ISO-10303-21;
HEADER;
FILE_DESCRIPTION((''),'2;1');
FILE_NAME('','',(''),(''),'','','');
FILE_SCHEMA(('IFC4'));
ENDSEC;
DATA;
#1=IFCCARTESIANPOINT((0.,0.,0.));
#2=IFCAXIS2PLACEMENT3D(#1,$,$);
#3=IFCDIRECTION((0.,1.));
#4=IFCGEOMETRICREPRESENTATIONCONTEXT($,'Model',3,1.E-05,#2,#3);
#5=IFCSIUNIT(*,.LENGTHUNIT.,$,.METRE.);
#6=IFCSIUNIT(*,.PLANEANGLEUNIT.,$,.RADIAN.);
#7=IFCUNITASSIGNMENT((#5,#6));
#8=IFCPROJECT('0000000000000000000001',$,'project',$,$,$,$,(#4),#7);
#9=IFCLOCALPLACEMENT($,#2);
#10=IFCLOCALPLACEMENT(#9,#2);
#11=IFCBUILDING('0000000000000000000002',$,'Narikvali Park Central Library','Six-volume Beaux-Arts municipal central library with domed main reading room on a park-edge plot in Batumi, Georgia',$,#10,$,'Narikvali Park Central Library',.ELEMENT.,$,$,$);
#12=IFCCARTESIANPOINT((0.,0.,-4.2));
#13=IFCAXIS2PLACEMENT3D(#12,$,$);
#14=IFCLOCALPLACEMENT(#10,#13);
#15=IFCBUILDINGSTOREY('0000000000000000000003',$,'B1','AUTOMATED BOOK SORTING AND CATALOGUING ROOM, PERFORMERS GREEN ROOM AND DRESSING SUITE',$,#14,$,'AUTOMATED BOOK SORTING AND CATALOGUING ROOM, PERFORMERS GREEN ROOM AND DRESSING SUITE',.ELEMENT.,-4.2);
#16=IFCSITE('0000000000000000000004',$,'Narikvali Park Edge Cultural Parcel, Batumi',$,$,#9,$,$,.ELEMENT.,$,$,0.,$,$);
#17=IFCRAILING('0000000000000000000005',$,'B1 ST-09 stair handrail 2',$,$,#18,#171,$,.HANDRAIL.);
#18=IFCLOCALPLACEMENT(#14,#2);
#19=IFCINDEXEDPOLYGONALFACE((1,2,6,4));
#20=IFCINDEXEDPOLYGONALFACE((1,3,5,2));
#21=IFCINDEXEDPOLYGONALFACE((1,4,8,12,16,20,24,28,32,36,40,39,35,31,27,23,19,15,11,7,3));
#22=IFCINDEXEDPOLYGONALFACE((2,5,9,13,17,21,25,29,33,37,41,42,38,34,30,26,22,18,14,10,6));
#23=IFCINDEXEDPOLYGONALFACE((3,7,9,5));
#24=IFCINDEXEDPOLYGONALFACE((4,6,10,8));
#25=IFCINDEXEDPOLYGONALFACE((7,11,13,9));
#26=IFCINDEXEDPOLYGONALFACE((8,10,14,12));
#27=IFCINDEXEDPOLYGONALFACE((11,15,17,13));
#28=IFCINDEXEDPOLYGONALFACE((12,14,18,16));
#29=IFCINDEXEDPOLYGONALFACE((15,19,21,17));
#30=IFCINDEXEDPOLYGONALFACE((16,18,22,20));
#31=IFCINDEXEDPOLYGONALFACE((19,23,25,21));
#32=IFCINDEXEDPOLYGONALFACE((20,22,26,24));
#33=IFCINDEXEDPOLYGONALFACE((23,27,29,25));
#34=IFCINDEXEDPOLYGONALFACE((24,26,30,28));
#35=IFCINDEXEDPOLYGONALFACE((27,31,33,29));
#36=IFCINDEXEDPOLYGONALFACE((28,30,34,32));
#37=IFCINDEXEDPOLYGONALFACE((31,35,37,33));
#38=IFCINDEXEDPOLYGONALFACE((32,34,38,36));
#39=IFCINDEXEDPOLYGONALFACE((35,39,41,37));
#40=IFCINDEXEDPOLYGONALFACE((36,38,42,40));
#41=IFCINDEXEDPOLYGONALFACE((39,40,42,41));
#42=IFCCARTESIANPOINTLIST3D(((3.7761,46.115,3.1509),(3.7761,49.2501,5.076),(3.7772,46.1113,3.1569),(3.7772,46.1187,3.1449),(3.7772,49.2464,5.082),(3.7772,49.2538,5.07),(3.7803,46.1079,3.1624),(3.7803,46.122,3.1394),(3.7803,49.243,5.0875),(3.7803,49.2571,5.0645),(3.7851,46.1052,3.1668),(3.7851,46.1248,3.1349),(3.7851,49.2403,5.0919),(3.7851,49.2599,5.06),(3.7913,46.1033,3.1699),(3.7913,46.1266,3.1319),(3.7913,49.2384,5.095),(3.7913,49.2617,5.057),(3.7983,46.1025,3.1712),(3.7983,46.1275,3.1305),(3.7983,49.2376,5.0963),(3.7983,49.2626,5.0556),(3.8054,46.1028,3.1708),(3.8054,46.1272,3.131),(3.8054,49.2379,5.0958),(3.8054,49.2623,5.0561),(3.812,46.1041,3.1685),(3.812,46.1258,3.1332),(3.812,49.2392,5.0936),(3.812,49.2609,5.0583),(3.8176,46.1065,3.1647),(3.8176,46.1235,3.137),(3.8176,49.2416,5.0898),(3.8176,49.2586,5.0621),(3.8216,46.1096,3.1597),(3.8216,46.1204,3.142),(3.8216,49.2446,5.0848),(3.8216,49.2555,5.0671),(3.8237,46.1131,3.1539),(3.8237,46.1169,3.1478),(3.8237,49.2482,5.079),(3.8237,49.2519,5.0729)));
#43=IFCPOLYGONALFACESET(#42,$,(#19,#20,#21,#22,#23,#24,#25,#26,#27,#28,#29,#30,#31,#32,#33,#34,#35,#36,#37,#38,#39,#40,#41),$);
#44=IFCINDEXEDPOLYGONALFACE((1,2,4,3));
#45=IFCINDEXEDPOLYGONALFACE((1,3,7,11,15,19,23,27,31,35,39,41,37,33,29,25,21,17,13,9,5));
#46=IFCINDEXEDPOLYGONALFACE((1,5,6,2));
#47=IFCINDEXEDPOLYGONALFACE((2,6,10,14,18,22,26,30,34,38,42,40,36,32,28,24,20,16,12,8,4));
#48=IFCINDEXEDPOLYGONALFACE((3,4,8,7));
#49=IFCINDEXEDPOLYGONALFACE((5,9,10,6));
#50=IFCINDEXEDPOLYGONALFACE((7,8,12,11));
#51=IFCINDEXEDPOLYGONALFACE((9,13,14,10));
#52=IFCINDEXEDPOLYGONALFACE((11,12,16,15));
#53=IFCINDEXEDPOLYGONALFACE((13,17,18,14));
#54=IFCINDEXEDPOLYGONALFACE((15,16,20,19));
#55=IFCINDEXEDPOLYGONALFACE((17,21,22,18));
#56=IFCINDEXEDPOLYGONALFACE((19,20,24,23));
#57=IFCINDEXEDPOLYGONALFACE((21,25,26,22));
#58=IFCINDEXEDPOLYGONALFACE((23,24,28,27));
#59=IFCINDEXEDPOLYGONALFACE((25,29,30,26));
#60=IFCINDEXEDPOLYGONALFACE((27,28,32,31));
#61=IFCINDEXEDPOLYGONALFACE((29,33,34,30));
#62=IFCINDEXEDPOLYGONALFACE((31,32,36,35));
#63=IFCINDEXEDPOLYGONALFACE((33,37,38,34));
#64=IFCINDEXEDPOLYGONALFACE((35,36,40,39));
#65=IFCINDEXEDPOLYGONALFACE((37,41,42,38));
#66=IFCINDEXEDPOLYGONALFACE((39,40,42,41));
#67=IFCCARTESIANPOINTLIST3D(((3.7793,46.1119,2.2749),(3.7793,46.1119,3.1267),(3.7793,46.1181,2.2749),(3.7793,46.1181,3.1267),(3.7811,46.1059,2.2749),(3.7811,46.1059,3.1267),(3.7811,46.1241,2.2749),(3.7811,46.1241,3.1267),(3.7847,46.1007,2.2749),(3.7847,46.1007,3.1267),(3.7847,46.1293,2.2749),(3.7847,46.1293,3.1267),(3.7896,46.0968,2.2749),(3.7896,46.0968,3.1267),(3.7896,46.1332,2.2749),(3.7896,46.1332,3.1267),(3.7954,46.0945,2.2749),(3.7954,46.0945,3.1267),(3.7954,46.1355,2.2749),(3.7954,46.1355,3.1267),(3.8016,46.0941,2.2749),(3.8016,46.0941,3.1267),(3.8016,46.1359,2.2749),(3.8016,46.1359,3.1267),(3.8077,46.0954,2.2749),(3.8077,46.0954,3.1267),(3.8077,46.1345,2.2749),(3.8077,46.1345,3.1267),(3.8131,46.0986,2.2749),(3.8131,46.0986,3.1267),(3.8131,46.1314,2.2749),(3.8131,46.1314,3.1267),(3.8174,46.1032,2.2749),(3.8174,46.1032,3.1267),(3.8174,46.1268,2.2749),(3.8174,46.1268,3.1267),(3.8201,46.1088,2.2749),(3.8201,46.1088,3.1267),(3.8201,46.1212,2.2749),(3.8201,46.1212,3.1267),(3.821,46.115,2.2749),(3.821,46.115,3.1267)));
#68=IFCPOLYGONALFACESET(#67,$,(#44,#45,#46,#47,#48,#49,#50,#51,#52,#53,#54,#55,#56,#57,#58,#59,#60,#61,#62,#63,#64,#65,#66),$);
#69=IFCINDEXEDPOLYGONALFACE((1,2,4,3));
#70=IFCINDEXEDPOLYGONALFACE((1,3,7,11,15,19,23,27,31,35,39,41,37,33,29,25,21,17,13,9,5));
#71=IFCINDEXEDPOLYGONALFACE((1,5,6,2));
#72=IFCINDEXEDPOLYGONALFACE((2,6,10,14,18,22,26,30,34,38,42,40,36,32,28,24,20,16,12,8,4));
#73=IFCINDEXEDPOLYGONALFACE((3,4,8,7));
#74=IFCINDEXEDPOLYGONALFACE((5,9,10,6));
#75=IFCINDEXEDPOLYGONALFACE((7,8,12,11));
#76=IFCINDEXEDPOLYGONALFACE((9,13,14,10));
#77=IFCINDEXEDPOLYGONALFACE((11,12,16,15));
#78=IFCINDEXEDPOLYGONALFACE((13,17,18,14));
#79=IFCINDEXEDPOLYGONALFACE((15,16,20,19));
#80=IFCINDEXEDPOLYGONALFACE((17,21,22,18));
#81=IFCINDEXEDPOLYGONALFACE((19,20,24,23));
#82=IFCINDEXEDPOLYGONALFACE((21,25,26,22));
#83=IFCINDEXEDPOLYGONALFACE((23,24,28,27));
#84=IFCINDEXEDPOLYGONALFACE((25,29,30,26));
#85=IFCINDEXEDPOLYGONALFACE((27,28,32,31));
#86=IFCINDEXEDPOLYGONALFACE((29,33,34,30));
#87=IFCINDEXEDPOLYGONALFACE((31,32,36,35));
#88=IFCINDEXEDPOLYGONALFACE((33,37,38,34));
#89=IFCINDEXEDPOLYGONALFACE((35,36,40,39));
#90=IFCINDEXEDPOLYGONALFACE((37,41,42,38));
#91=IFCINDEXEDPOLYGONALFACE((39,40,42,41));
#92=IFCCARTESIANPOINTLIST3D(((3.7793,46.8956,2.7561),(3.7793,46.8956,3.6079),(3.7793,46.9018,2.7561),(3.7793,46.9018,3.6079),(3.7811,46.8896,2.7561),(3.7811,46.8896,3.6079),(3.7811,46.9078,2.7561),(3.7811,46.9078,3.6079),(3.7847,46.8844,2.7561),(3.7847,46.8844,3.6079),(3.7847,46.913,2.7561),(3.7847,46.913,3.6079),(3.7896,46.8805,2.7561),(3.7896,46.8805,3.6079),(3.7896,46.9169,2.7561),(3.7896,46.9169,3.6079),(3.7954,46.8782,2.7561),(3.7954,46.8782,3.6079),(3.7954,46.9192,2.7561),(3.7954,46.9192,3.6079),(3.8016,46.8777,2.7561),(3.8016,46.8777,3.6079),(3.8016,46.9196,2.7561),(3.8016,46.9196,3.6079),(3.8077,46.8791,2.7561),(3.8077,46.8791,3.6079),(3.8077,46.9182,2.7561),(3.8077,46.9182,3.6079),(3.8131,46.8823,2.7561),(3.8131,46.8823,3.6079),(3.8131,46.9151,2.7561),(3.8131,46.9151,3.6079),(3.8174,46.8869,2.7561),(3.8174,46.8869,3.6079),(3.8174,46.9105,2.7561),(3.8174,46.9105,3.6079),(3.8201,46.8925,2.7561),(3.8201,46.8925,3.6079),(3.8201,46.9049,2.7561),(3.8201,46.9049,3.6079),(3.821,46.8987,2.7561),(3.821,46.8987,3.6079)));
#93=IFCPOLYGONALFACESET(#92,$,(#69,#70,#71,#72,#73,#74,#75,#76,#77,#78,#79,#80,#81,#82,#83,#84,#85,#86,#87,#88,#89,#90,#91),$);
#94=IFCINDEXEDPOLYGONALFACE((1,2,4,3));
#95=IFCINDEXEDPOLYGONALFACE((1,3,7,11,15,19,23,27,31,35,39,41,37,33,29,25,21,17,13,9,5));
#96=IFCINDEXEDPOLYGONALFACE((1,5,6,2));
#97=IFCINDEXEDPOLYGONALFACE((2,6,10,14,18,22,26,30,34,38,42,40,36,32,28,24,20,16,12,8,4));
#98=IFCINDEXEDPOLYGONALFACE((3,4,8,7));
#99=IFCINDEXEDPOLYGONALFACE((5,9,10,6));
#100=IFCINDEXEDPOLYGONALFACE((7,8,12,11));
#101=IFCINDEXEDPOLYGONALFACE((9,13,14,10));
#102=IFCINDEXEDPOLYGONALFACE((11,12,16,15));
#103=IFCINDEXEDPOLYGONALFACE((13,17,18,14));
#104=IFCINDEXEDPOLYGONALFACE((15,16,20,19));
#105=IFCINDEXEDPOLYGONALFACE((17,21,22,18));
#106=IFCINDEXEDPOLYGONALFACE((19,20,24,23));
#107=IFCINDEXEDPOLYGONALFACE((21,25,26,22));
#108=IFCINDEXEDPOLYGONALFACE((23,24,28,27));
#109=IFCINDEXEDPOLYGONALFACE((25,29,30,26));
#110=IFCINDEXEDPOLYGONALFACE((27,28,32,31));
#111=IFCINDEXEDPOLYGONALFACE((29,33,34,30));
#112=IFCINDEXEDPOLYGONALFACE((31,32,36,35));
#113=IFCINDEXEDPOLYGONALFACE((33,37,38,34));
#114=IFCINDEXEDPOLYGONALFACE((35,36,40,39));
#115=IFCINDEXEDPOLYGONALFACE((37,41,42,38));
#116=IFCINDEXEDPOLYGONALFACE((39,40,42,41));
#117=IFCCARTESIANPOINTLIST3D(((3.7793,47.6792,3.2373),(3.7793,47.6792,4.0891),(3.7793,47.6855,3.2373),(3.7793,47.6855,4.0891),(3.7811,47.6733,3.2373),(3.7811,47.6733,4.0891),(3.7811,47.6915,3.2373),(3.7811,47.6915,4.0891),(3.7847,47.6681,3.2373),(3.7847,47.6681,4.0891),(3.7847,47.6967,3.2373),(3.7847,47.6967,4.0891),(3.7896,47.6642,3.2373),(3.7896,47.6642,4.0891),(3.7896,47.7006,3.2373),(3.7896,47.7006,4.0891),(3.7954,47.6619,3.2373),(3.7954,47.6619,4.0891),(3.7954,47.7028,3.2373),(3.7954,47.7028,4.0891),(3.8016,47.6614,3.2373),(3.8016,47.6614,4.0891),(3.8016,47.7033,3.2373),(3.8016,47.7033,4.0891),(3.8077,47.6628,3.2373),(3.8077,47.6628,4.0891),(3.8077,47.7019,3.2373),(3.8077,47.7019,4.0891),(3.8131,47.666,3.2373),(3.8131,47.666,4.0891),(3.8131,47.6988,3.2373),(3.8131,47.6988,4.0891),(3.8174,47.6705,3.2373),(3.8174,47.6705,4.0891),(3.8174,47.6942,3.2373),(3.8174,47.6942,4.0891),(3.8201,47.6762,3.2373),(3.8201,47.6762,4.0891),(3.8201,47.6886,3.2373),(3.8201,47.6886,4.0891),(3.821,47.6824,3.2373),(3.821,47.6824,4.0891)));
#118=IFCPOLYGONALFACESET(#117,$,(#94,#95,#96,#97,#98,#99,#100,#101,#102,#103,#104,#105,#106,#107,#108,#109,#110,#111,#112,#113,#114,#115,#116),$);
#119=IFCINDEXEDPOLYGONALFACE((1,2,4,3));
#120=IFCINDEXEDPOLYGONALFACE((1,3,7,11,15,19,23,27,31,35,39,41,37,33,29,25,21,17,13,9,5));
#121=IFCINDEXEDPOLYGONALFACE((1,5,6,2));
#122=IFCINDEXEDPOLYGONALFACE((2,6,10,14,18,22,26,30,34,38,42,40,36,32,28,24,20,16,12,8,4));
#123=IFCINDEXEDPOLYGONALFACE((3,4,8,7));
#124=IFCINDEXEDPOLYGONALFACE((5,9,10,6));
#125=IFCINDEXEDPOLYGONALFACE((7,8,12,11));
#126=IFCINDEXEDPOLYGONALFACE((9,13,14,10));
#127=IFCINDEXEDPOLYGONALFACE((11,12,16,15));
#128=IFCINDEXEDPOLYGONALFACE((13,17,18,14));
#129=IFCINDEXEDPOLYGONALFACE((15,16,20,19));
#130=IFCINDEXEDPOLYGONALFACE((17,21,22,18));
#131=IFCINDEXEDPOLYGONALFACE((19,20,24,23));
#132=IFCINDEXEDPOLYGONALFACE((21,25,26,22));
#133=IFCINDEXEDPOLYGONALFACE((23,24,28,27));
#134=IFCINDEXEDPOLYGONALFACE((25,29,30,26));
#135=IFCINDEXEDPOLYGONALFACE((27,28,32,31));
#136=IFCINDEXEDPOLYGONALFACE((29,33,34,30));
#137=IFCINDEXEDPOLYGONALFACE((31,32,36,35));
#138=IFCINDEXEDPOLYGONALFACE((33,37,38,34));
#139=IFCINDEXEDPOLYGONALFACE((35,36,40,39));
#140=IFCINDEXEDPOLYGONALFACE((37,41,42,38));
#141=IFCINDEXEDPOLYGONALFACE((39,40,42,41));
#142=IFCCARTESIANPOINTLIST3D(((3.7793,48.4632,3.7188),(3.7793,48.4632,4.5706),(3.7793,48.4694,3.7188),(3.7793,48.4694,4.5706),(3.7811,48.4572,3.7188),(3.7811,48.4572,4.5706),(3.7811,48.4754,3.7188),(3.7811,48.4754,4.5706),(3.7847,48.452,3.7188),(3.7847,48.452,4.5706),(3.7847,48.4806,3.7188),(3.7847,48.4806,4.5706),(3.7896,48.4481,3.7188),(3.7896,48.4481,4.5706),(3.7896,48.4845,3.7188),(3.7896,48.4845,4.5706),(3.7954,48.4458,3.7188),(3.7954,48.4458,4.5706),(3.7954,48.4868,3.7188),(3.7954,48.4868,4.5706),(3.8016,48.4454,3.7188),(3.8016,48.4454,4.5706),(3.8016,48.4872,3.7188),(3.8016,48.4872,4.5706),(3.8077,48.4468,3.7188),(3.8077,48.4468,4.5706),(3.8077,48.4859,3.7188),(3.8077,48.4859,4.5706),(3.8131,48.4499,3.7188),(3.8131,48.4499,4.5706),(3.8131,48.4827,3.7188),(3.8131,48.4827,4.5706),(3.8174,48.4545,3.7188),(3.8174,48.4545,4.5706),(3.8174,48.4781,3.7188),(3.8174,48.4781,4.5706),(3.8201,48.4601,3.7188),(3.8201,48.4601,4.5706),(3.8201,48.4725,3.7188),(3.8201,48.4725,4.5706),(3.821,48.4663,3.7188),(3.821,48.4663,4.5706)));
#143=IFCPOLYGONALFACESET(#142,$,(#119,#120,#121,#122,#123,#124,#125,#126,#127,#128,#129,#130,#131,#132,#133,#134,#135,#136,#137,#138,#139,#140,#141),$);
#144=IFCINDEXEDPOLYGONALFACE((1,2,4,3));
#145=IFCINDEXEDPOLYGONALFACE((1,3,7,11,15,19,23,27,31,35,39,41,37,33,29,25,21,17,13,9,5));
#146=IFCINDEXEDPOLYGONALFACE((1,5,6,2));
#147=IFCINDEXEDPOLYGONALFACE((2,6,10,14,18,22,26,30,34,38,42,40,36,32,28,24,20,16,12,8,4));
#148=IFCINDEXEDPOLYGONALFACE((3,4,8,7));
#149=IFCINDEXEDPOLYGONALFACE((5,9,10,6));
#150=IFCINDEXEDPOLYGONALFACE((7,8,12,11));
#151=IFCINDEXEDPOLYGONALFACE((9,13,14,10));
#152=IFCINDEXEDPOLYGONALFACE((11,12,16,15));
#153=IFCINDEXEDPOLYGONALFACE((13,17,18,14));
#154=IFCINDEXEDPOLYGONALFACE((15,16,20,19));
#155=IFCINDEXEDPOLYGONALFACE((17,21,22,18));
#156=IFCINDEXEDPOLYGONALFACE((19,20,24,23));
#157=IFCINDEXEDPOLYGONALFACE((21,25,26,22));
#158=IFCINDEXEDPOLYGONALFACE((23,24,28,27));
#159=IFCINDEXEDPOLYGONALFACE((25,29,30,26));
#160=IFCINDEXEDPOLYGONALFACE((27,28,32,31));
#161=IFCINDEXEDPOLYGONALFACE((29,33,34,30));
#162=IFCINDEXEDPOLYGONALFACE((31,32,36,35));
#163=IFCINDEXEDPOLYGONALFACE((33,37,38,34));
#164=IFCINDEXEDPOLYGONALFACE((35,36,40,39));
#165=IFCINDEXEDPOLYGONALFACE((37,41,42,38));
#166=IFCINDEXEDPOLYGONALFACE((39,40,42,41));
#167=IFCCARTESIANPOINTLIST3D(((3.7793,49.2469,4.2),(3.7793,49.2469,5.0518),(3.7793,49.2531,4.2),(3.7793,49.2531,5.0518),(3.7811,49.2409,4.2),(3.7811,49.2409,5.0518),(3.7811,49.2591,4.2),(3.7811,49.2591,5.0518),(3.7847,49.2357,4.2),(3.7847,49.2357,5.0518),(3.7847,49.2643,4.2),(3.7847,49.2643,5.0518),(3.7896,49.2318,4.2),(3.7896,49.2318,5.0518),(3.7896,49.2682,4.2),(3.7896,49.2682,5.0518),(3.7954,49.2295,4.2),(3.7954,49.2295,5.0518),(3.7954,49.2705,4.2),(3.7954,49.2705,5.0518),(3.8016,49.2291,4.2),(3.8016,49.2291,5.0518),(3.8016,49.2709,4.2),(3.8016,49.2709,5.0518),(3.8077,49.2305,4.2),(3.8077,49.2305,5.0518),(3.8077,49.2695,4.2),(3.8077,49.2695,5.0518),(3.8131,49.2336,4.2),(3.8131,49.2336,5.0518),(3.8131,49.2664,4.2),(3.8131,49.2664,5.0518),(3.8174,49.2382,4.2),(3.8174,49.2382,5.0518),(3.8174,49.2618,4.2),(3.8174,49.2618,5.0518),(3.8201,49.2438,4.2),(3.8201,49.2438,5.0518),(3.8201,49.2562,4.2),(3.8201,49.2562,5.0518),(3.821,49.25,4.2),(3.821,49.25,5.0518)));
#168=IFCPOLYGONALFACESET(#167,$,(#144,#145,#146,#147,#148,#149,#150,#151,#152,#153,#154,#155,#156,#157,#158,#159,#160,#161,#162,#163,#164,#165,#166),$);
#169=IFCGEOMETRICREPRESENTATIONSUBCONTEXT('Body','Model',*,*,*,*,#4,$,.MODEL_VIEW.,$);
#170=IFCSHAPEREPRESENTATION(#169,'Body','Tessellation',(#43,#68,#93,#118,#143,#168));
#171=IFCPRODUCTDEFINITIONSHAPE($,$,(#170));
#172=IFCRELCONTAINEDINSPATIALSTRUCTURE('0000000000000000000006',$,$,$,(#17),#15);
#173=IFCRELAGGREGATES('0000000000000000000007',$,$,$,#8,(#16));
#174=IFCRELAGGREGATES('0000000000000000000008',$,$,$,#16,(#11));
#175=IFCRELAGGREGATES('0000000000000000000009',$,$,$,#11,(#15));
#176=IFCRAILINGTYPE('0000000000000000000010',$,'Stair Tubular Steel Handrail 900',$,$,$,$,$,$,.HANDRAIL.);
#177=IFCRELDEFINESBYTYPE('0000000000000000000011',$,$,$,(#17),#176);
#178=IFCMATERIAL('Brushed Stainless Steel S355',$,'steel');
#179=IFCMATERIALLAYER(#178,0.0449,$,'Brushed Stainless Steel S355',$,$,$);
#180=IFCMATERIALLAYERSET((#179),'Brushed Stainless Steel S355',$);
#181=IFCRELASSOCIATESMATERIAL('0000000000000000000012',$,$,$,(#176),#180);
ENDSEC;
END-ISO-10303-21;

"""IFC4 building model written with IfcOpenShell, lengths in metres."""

from ifc_helpers import new_model, si_unit, direction, frame, origin, origin_2d, place, context, subcontext, project, spatial, circle, extrude, material, layer, layer_set, type_object, element, save


model = new_model("IFC4")

# Units and contexts
model_context = context("Model", 3, precision=1e-05, world=origin(), true_north=direction((0.0, 1.0)))
body_context = subcontext(model_context, "Body", "Model", "MODEL_VIEW")
ifc_project = project(units=[si_unit("LENGTHUNIT", "METRE"), si_unit("PLANEANGLEUNIT", "RADIAN")], contexts=[model_context])

# Site, building, storey
site_placement = place(None, origin())
site = spatial("IfcSite", under=ifc_project, at=site_placement, Name="Narikvali Park Edge Cultural Parcel, Batumi", CompositionType="ELEMENT", RefElevation=0.0)
building_placement = place(site_placement, origin())
building = spatial("IfcBuilding", under=site, at=building_placement, Name="Narikvali Park Central Library", Description="Six-volume Beaux-Arts municipal central library with domed main reading room on a park-edge plot in Batumi, Georgia", LongName="Narikvali Park Central Library", CompositionType="ELEMENT")
storey_placement = place(building_placement, frame((0.0, 0.0, -4.2)))
storey = spatial("IfcBuildingStorey", under=building, at=storey_placement, Name="B1", Description="AUTOMATED BOOK SORTING AND CATALOGUING ROOM, PERFORMERS GREEN ROOM AND DRESSING SUITE", LongName="AUTOMATED BOOK SORTING AND CATALOGUING ROOM, PERFORMERS GREEN ROOM AND DRESSING SUITE", CompositionType="ELEMENT", Elevation=-4.2)

# Railing
ifc_material_1 = material(Name="Brushed Stainless Steel S355", Category="steel")
ifc_layer_1 = layer(ifc_material_1, 0.0449, Name="Brushed Stainless Steel S355")
ifc_layer_set_1 = layer_set([ifc_layer_1], Name="Brushed Stainless Steel S355")
railing_type_1 = type_object("IfcRailingType", Name="Stair Tubular Steel Handrail 900", PredefinedType="HANDRAIL", material=ifc_layer_set_1)
railing_1_placement = place(storey_placement, frame((3.8, 46.115, 2.2749)))
element("IfcRailing", 1, at=railing_1_placement, inside=storey, type_object=railing_type_1, Name="B1 ST-09 stair handrail 2", PredefinedType="HANDRAIL", context=body_context, shape_type="SweptSolid", body=[
    extrude(circle(Radius=0.0239, at=origin_2d()), frame((0.0, 0.0, 0.876), z_axis=(0.0, 0.852166, 0.523271), x_axis=(-1.0, 0.0, 0.0)), (0.0, 0.0, 1.0), 3.679),
    extrude(circle(Radius=0.021, at=origin_2d()), origin(), (0.0, 0.0, 1.0), 0.8518),
    extrude(circle(Radius=0.021, at=origin_2d()), frame((0.0, 0.7837, 0.4812)), (0.0, 0.0, 1.0), 0.8518),
    extrude(circle(Radius=0.021, at=origin_2d()), frame((0.0, 1.5674, 0.9624)), (0.0, 0.0, 1.0), 0.8518),
    extrude(circle(Radius=0.021, at=origin_2d()), frame((0.0, 2.3513, 1.4438)), (0.0, 0.0, 1.0), 0.8518),
    extrude(circle(Radius=0.021, at=origin_2d()), frame((0.0, 3.135, 1.925)), (0.0, 0.0, 1.0), 0.8518),
])

save(model, "model.ifc")
